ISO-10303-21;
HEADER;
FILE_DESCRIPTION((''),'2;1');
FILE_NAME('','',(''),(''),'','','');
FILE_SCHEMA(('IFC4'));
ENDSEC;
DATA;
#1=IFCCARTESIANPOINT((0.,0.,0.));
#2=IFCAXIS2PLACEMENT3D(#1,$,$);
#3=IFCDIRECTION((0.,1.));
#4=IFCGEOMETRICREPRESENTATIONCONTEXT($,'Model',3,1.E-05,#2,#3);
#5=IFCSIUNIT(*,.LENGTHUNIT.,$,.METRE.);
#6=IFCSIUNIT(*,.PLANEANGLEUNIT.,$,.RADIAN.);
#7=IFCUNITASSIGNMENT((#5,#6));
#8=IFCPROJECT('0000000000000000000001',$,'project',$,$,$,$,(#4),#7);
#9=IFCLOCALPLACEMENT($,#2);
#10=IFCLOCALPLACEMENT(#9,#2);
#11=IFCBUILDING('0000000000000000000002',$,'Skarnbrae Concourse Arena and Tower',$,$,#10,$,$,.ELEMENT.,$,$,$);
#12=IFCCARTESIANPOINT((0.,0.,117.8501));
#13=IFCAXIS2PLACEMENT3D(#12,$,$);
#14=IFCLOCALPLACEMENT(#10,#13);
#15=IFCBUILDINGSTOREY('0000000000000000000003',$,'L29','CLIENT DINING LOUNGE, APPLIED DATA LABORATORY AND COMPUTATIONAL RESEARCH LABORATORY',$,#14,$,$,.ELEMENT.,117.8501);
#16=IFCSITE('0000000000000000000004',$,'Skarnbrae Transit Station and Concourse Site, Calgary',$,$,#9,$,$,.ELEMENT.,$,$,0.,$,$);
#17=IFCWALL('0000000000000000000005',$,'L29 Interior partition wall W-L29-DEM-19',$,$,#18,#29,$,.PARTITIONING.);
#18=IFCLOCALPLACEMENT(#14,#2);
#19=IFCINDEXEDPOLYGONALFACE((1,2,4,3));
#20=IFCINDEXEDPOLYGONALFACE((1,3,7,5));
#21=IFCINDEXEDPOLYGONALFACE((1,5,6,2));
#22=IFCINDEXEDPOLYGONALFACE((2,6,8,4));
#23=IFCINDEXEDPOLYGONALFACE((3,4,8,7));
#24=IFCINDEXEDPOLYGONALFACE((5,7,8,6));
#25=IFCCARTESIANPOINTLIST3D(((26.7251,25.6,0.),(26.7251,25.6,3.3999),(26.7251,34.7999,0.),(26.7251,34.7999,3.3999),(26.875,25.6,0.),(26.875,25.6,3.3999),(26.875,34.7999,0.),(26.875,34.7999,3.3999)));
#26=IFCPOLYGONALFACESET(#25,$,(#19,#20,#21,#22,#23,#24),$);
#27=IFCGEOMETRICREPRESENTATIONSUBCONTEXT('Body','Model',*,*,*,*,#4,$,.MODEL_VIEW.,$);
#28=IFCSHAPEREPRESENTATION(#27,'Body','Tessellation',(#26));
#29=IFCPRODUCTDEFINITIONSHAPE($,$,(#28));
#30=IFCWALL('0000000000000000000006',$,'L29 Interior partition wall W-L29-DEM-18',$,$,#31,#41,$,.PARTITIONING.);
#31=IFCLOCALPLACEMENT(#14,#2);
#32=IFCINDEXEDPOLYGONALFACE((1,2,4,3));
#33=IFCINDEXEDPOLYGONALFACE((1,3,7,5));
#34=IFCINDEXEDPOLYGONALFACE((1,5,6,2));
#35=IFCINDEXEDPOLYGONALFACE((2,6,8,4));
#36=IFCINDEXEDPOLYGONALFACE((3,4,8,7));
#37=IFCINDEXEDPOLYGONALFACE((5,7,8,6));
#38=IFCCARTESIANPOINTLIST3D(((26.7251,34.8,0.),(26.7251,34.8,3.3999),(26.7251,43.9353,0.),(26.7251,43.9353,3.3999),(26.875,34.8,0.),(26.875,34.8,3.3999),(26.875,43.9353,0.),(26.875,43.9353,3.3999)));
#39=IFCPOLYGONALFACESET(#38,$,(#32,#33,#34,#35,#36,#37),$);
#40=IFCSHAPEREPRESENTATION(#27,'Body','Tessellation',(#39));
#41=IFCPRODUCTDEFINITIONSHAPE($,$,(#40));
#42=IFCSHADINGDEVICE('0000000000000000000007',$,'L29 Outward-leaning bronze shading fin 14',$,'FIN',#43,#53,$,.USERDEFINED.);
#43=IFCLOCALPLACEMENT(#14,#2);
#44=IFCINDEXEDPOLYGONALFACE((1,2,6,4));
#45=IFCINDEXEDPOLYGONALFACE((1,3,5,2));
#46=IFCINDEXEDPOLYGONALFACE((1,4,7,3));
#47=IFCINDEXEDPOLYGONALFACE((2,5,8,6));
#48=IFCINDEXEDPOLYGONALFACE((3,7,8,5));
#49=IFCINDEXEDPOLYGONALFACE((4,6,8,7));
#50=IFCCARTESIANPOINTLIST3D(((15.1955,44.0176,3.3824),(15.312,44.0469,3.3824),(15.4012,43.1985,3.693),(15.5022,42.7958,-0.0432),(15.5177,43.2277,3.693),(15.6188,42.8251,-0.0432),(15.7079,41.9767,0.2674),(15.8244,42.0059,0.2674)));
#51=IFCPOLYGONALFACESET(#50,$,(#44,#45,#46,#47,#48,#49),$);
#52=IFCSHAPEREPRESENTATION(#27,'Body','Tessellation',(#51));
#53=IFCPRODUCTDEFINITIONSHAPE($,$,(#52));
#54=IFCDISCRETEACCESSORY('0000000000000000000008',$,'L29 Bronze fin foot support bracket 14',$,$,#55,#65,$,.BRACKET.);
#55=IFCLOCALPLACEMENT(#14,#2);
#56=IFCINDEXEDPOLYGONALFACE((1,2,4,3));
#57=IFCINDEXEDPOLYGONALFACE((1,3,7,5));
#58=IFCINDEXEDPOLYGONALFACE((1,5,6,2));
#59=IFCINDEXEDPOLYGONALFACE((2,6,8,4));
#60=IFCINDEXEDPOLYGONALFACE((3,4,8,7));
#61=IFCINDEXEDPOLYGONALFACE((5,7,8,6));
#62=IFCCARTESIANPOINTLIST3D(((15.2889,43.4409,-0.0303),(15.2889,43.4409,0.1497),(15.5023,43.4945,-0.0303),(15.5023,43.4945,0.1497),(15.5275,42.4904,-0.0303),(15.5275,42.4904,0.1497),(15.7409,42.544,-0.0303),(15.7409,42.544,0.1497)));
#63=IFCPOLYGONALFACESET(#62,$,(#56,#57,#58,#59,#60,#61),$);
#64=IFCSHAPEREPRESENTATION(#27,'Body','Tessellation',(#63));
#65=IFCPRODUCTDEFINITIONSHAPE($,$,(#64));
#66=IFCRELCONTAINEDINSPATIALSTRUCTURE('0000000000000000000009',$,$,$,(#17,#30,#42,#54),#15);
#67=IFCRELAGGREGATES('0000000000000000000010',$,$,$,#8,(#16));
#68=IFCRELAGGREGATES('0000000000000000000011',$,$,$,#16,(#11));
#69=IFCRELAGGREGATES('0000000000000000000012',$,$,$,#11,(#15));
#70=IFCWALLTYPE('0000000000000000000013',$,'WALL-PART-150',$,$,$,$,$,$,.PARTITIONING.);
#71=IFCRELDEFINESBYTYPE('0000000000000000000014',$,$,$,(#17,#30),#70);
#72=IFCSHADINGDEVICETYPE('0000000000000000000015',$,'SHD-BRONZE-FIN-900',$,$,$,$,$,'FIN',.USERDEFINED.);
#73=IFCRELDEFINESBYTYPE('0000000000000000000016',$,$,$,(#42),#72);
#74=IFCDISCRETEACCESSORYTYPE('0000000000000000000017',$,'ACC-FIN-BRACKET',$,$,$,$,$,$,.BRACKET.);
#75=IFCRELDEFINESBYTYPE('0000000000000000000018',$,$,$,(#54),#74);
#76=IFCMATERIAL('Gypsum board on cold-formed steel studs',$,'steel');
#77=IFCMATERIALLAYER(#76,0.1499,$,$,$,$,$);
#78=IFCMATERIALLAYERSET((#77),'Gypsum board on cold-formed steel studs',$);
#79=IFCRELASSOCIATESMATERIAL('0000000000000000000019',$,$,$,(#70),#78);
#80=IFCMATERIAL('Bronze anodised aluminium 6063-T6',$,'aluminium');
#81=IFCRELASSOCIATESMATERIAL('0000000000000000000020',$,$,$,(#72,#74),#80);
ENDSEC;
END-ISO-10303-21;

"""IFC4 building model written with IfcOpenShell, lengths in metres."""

from ifc_helpers import new_model, si_unit, direction, frame, frame_2d, origin, origin_2d, place, context, subcontext, project, spatial, rectangle, extrude, source, transform, mapped, material, layer, layer_set, type_object, element, save


model = new_model("IFC4")

# Units and contexts
model_context = context("Model", 3, precision=1e-05, world=origin(), true_north=direction((0.0, 1.0)))
body_context = subcontext(model_context, "Body", "Model", "MODEL_VIEW")
ifc_project = project(units=[si_unit("LENGTHUNIT", "METRE"), si_unit("PLANEANGLEUNIT", "RADIAN")], contexts=[model_context])

# Site, building, storey
site_placement = place(None, origin())
site = spatial("IfcSite", under=ifc_project, at=site_placement, Name="Skarnbrae Transit Station and Concourse Site, Calgary", CompositionType="ELEMENT", RefElevation=0.0)
building_placement = place(site_placement, origin())
building = spatial("IfcBuilding", under=site, at=building_placement, Name="Skarnbrae Concourse Arena and Tower", CompositionType="ELEMENT")
storey_placement = place(building_placement, frame((0.0, 0.0, 117.8501)))
storey = spatial("IfcBuildingStorey", under=building, at=storey_placement, Name="L29", Description="CLIENT DINING LOUNGE, APPLIED DATA LABORATORY AND COMPUTATIONAL RESEARCH LABORATORY", CompositionType="ELEMENT", Elevation=117.8501)

# Shared definitions
ifc_material_1 = material(Name="Bronze anodised aluminium 6063-T6", Category="aluminium")

# Walls
ifc_material_2 = material(Name="Gypsum board on cold-formed steel studs", Category="steel")
ifc_layer_1 = layer(ifc_material_2, 0.1499)
ifc_layer_set_1 = layer_set([ifc_layer_1], Name="Gypsum board on cold-formed steel studs")
wall_type = type_object("IfcWallType", Name="WALL-PART-150", PredefinedType="PARTITIONING", material=ifc_layer_set_1)
shared_shape_1 = source(origin(), body_context, "Body", "SweptSolid", [
    extrude(rectangle(XDim=9.2, YDim=0.1499, at=frame_2d((4.6001, 0.0))), origin(), (0.0, 0.0, 1.0), 3.3999),
])
wall_1_placement = place(storey_placement, frame((26.8, 34.8, 0.0), z_axis=(0.0, 0.0, 1.0), x_axis=(0.0, -1.0, 0.0)))
element("IfcWall", 1, at=wall_1_placement, inside=storey, type_object=wall_type, Name="L29 Interior partition wall W-L29-DEM-19", PredefinedType="PARTITIONING", context=body_context, shape_type="MappedRepresentation", body=[
    mapped(shared_shape_1, transform((0.0, 0.0, 0.0))),
])
shared_shape_2 = source(origin(), body_context, "Body", "SweptSolid", [
    extrude(rectangle(XDim=9.1353, YDim=0.1499, at=frame_2d((4.5676, 0.0))), origin(), (0.0, 0.0, 1.0), 3.3999),
])
wall_2_placement = place(storey_placement, frame((26.8, 43.9353, 0.0), z_axis=(0.0, 0.0, 1.0), x_axis=(0.0, -1.0, 0.0)))
element("IfcWall", 2, at=wall_2_placement, inside=storey, type_object=wall_type, Name="L29 Interior partition wall W-L29-DEM-18", PredefinedType="PARTITIONING", context=body_context, shape_type="MappedRepresentation", body=[
    mapped(shared_shape_2, transform((0.0, 0.0, 0.0))),
])

# Shading device
shading_device_type = type_object("IfcShadingDeviceType", Name="SHD-BRONZE-FIN-900", ElementType="FIN", PredefinedType="USERDEFINED", material=ifc_material_1)
shared_shape_3 = source(origin(), body_context, "Body", "SweptSolid", [
    extrude(rectangle(XDim=0.1201, YDim=0.8999, at=origin_2d()), origin(), (0.0, 0.0, 1.0), 3.6499),
])
shading_device_placement = place(storey_placement, frame((15.6633, 42.4009, 0.1121), z_axis=(-0.084039, 0.334746, 0.938553), x_axis=(0.969902, 0.243497, 0.0)))
element("IfcShadingDevice", 3, at=shading_device_placement, inside=storey, type_object=shading_device_type, Name="L29 Outward-leaning bronze shading fin 14", ObjectType="FIN", PredefinedType="USERDEFINED", context=body_context, shape_type="MappedRepresentation", body=[
    mapped(shared_shape_3, transform((0.0, 0.0, 0.0))),
])

# Discrete accessory
discrete_accessory_type = type_object("IfcDiscreteAccessoryType", Name="ACC-FIN-BRACKET", PredefinedType="BRACKET", material=ifc_material_1)
shared_shape_4 = source(origin(), body_context, "Body", "SweptSolid", [
    extrude(rectangle(XDim=0.22, YDim=0.98, at=origin_2d()), origin(), (0.0, 0.0, 1.0), 0.1799),
])
discrete_accessory_placement = place(storey_placement, frame((15.5149, 42.9924, -0.0303), z_axis=(0.0, 0.0, 1.0), x_axis=(0.969902, 0.243497, 0.0)))
element("IfcDiscreteAccessory", 4, at=discrete_accessory_placement, inside=storey, type_object=discrete_accessory_type, Name="L29 Bronze fin foot support bracket 14", PredefinedType="BRACKET", context=body_context, shape_type="MappedRepresentation", body=[
    mapped(shared_shape_4, transform((0.0, 0.0, 0.0))),
])

save(model, "model.ifc")
